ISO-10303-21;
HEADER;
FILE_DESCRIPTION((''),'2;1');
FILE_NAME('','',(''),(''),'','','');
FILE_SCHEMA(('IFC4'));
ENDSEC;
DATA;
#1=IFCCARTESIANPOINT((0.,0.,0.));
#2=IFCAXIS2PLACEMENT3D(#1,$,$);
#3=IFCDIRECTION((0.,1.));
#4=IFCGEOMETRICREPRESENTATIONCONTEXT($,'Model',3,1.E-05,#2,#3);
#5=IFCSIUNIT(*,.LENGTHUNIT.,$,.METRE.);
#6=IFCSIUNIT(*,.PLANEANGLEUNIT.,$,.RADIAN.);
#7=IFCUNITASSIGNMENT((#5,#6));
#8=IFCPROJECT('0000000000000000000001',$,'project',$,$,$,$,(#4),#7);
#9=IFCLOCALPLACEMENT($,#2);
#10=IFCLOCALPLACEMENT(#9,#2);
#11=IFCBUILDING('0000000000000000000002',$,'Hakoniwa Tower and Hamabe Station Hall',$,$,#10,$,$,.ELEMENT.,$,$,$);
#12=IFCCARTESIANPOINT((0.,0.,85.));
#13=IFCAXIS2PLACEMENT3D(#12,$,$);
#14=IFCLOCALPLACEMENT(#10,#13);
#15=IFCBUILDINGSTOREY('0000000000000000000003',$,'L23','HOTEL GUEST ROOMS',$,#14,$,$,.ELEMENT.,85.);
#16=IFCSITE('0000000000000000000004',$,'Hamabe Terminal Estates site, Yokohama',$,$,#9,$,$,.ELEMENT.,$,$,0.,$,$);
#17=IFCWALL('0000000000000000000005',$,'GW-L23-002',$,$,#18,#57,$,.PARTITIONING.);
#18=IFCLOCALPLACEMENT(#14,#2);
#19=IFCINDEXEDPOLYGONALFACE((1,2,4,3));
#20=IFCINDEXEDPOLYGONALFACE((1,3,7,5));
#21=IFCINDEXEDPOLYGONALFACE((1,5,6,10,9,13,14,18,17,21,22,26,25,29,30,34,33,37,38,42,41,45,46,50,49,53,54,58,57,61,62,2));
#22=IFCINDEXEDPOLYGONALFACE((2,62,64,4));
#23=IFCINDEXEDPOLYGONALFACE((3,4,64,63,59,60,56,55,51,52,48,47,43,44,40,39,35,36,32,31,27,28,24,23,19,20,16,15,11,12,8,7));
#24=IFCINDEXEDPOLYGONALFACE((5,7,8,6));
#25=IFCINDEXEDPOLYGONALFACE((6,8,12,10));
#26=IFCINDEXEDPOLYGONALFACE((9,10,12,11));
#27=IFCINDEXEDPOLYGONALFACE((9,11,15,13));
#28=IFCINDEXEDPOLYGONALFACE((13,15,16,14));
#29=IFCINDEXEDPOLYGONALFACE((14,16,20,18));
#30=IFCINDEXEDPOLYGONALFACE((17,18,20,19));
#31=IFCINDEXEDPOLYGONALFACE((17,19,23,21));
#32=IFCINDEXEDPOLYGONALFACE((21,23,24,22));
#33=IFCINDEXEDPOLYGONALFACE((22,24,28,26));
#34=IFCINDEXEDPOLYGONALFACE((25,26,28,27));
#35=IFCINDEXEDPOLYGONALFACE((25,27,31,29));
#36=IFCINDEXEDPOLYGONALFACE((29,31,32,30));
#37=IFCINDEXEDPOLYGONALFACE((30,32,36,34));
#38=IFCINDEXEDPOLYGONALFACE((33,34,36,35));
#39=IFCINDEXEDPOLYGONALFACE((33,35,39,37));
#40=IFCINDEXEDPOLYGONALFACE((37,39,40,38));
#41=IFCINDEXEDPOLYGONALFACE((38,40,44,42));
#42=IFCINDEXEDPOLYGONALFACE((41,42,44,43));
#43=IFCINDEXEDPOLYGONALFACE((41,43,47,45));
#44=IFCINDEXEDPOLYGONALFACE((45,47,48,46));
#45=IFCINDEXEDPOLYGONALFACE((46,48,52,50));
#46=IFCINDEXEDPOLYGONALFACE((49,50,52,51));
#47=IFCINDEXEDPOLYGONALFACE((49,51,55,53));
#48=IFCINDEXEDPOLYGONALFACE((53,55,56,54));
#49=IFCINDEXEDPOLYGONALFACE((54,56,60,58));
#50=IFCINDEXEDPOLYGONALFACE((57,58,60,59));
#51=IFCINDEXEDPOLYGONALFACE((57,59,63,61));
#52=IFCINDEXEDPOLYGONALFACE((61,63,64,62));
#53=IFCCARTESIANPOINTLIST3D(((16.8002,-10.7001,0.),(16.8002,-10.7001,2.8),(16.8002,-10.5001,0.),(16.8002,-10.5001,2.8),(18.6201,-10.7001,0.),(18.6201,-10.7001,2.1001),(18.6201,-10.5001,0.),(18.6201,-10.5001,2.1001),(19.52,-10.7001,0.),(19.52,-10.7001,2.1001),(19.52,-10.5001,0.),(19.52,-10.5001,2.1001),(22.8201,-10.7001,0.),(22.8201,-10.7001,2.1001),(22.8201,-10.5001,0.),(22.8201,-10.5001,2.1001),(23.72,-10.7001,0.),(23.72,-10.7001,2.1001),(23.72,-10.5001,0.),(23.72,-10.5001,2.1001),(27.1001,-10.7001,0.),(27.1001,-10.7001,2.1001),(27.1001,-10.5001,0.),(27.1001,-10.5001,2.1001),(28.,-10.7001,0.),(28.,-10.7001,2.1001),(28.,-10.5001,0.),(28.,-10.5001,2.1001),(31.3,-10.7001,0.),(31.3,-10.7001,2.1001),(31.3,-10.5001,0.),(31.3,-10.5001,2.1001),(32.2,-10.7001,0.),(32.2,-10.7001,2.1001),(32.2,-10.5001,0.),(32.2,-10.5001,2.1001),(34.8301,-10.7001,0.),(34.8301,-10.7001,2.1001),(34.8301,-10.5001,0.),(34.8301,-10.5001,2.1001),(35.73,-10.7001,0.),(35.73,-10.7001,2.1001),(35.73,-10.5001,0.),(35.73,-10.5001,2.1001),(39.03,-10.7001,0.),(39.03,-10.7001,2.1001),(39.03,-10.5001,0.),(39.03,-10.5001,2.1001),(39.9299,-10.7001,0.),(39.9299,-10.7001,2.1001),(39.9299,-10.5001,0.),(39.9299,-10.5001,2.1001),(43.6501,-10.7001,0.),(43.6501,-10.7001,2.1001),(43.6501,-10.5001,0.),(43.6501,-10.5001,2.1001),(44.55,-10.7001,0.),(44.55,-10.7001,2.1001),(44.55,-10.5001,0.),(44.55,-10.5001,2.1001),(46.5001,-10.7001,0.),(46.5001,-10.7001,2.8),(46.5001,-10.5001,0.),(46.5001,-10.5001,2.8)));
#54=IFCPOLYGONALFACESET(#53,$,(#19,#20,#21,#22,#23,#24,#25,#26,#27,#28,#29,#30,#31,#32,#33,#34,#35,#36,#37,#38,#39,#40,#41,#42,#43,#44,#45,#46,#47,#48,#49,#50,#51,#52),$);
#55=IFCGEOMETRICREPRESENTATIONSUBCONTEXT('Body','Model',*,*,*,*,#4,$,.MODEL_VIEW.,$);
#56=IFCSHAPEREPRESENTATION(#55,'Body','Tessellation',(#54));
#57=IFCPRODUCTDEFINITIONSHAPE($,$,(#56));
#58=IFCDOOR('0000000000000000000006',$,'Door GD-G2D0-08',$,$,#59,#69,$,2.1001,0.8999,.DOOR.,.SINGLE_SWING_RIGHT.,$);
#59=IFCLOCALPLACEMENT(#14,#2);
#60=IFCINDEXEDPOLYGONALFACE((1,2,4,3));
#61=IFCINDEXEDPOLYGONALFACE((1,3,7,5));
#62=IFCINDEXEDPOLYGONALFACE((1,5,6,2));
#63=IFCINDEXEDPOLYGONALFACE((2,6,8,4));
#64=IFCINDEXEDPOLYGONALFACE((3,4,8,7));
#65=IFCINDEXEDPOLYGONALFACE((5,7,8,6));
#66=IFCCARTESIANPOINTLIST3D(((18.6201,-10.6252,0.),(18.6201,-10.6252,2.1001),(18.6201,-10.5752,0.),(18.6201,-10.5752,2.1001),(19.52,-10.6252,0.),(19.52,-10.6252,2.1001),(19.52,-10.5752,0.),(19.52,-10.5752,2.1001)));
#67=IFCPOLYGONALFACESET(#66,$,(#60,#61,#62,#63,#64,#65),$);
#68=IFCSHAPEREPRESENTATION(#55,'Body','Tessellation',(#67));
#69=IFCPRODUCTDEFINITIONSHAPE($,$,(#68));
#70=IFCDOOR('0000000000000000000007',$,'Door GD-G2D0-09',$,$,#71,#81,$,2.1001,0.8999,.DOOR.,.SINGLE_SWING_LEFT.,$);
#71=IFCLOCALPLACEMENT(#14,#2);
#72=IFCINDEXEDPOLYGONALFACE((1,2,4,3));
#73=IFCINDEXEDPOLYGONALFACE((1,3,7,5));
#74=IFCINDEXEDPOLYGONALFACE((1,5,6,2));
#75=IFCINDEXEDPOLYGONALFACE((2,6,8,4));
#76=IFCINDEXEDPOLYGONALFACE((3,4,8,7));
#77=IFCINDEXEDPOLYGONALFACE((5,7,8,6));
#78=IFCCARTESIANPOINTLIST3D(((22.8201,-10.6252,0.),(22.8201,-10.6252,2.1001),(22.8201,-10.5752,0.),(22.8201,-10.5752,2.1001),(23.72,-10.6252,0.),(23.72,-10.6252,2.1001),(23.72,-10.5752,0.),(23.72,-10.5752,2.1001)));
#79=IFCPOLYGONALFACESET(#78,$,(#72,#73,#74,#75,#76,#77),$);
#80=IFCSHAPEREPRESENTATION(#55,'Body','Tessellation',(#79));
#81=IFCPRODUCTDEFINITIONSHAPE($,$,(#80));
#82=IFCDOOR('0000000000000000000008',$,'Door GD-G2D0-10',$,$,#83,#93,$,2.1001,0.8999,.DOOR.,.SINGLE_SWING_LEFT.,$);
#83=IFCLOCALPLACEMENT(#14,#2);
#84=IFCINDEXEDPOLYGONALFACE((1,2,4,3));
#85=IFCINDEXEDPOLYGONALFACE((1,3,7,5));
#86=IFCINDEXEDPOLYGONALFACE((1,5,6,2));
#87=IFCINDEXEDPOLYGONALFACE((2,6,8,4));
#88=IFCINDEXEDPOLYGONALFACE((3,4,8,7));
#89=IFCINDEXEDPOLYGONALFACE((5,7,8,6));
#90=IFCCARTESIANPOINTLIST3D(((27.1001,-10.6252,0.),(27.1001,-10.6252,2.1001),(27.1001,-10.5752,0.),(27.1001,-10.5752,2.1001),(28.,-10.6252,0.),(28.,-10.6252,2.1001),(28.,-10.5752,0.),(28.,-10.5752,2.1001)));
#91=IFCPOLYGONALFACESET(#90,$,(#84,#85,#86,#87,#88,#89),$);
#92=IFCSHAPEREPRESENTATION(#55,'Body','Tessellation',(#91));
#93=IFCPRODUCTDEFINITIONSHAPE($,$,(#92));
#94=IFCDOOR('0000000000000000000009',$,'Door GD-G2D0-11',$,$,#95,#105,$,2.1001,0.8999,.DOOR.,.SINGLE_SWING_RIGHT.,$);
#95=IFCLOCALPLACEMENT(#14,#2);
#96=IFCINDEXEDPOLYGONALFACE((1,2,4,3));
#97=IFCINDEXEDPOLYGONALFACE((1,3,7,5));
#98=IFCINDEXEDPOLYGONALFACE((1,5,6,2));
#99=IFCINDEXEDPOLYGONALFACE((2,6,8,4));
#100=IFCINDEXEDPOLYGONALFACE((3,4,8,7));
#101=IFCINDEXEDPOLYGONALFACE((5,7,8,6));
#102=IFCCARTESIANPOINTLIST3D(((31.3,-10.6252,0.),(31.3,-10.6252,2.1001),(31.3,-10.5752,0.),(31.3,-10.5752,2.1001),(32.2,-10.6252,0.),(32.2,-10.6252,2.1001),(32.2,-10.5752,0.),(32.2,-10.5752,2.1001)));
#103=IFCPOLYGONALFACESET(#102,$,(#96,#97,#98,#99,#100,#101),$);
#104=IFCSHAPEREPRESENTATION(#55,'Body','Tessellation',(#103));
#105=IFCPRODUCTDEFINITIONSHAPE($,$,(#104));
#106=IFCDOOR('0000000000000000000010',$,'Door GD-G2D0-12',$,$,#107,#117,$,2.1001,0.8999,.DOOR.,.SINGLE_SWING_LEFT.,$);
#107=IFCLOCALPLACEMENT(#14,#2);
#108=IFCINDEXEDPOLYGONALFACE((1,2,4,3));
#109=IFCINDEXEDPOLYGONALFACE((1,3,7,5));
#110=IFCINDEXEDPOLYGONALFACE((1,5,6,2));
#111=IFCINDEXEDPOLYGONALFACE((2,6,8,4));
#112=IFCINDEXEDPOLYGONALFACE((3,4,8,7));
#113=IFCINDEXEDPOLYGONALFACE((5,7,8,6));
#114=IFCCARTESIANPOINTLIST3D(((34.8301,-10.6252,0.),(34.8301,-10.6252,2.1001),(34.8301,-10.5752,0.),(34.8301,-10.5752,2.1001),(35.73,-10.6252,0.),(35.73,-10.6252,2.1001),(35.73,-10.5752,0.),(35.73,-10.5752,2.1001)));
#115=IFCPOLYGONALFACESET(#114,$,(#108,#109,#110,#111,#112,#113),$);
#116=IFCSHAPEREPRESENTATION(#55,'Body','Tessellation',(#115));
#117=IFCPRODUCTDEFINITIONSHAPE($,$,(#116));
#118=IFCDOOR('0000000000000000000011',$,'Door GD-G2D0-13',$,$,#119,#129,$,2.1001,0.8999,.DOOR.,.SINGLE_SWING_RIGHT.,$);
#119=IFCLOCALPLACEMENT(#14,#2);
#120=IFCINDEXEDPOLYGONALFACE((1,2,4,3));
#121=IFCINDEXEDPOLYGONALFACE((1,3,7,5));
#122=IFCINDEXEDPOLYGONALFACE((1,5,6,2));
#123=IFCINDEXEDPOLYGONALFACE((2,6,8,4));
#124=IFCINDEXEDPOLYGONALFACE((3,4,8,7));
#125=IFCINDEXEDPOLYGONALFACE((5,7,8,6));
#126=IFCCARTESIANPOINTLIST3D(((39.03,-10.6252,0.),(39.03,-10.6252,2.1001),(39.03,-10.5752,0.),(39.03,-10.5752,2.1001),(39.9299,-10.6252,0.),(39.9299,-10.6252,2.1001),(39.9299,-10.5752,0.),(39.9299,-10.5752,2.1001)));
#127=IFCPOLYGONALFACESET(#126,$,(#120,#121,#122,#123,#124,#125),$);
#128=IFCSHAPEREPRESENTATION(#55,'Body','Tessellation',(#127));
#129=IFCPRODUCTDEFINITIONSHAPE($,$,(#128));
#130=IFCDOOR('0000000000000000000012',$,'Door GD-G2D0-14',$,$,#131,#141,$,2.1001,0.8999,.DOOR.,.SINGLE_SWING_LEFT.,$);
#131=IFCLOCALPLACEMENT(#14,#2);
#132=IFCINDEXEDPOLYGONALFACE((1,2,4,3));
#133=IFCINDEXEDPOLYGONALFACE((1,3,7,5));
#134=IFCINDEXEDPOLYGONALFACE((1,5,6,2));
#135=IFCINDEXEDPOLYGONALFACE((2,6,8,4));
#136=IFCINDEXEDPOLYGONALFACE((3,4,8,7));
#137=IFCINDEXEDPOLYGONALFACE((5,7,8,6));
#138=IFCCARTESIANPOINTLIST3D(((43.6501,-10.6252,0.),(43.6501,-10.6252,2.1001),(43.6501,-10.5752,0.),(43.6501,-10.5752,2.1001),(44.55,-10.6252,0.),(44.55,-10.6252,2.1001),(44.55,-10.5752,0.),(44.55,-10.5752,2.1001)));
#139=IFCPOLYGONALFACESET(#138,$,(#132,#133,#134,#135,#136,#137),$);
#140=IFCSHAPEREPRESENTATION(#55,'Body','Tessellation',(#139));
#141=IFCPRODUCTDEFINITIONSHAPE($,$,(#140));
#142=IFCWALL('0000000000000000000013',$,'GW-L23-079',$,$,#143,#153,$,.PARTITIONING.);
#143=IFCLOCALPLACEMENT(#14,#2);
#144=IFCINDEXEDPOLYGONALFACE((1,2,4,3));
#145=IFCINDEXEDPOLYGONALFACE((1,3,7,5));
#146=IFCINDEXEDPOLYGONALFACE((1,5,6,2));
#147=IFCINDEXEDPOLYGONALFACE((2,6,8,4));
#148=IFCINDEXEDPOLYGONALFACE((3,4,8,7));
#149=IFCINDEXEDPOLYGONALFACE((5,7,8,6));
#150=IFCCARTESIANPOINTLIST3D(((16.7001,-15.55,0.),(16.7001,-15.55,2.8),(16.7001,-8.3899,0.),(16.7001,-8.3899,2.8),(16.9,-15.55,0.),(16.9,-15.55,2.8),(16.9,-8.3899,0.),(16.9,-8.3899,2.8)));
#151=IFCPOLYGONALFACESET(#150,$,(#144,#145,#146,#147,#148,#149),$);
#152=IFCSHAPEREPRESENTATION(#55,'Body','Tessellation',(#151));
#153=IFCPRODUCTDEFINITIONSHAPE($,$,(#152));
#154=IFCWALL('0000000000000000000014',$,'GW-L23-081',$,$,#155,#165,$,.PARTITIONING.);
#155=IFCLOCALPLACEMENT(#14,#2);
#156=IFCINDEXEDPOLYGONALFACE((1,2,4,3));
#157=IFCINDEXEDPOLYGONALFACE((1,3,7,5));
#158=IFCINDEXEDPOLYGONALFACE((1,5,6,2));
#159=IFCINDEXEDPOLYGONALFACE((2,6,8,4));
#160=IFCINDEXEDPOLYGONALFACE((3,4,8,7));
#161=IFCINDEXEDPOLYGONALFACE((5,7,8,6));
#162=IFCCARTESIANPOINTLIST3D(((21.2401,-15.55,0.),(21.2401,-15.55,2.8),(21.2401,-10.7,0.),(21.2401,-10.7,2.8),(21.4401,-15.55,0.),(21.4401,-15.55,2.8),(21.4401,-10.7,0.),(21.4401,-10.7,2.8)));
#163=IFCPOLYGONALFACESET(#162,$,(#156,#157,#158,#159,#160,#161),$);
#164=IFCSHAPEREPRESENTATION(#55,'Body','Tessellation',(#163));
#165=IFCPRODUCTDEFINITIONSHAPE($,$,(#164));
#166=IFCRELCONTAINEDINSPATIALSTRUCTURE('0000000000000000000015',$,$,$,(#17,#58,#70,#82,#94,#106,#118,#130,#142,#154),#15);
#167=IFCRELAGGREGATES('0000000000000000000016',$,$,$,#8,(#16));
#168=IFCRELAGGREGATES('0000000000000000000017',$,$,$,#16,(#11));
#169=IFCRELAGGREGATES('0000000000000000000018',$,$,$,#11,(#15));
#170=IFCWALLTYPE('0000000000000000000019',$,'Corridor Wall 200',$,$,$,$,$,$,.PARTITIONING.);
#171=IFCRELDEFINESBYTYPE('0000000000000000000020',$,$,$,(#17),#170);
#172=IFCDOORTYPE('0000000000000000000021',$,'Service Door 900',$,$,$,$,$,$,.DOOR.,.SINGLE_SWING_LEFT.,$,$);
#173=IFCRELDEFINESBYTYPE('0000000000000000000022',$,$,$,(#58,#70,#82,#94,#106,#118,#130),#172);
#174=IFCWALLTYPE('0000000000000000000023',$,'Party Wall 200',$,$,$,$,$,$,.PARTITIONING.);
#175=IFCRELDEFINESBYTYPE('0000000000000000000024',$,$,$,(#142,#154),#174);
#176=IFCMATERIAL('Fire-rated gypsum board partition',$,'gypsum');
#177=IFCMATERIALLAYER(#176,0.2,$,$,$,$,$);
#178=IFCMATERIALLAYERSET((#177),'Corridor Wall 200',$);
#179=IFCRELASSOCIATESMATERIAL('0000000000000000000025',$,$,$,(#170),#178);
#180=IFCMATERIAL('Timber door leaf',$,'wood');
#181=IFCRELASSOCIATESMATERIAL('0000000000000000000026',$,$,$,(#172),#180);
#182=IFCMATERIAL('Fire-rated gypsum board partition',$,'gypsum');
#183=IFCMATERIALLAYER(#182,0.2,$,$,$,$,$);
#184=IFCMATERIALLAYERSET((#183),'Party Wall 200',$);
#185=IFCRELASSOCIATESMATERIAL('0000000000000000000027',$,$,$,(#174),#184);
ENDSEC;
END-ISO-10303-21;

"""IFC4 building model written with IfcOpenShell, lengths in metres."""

from ifc_helpers import new_model, si_unit, direction, frame, frame_2d, origin, place, context, subcontext, project, spatial, rectangle, extrude, material, layer, layer_set, type_object, element, fill, save


model = new_model("IFC4")

# Units and contexts
model_context = context("Model", 3, precision=1e-05, world=origin(), true_north=direction((0.0, 1.0)))
body_context = subcontext(model_context, "Body", "Model", "MODEL_VIEW")
ifc_project = project(units=[si_unit("LENGTHUNIT", "METRE"), si_unit("PLANEANGLEUNIT", "RADIAN")], contexts=[model_context])

# Site, building, storey
site_placement = place(None, origin())
site = spatial("IfcSite", under=ifc_project, at=site_placement, Name="Hamabe Terminal Estates site, Yokohama", CompositionType="ELEMENT", RefElevation=0.0)
building_placement = place(site_placement, origin())
building = spatial("IfcBuilding", under=site, at=building_placement, Name="Hakoniwa Tower and Hamabe Station Hall", CompositionType="ELEMENT")
storey_placement = place(building_placement, frame((0.0, 0.0, 85.0)))
storey = spatial("IfcBuildingStorey", under=building, at=storey_placement, Name="L23", Description="HOTEL GUEST ROOMS", CompositionType="ELEMENT", Elevation=85.0)

# Wall, openings, doors
ifc_material_1 = material(Name="Fire-rated gypsum board partition", Category="gypsum")
ifc_layer_1 = layer(ifc_material_1, 0.2)
ifc_layer_set_1 = layer_set([ifc_layer_1], Name="Corridor Wall 200")
wall_type_1 = type_object("IfcWallType", Name="Corridor Wall 200", PredefinedType="PARTITIONING", material=ifc_layer_set_1)
wall_1_placement = place(storey_placement, frame((16.8, -10.6001, 0.0), z_axis=(0.0, 0.0, 1.0), x_axis=(1.0, 0.0, 0.0)))
wall_1 = element("IfcWall", 1, at=wall_1_placement, inside=storey, type_object=wall_type_1, Name="GW-L23-002", PredefinedType="PARTITIONING", context=body_context, shape_type="SweptSolid", body=[
    extrude(rectangle(XDim=29.7, YDim=0.2, at=frame_2d((14.8501, 0.0))), origin(), (0.0, 0.0, 1.0), 2.8),
])
opening_1_placement = place(wall_1_placement, frame((1.8201, 0.0, 0.0)))
opening_1 = element("IfcOpeningElement", 2, at=opening_1_placement, cuts=wall_1, PredefinedType="OPENING", context=body_context, shape_type="SweptSolid", body=[
    extrude(rectangle(XDim=0.8999, YDim=2.1001, at=frame_2d((0.45, 1.05))), frame((0.0, 0.1099, 0.0), z_axis=(0.0, -1.0, 0.0), x_axis=(1.0, 0.0, 0.0)), (0.0, 0.0, 1.0), 0.22),
])
opening_2_placement = place(wall_1_placement, frame((6.02, 0.0, 0.0)))
opening_2 = element("IfcOpeningElement", 3, at=opening_2_placement, cuts=wall_1, PredefinedType="OPENING", context=body_context, shape_type="SweptSolid", body=[
    extrude(rectangle(XDim=0.8999, YDim=2.1001, at=frame_2d((0.45, 1.05))), frame((0.0, 0.1099, 0.0), z_axis=(0.0, -1.0, 0.0), x_axis=(1.0, 0.0, 0.0)), (0.0, 0.0, 1.0), 0.22),
])
opening_3_placement = place(wall_1_placement, frame((10.3, 0.0, 0.0)))
opening_3 = element("IfcOpeningElement", 4, at=opening_3_placement, cuts=wall_1, PredefinedType="OPENING", context=body_context, shape_type="SweptSolid", body=[
    extrude(rectangle(XDim=0.8999, YDim=2.1001, at=frame_2d((0.45, 1.05))), frame((0.0, 0.1099, 0.0), z_axis=(0.0, -1.0, 0.0), x_axis=(1.0, 0.0, 0.0)), (0.0, 0.0, 1.0), 0.22),
])
opening_4_placement = place(wall_1_placement, frame((14.5, 0.0, 0.0)))
opening_4 = element("IfcOpeningElement", 5, at=opening_4_placement, cuts=wall_1, PredefinedType="OPENING", context=body_context, shape_type="SweptSolid", body=[
    extrude(rectangle(XDim=0.8999, YDim=2.1001, at=frame_2d((0.45, 1.05))), frame((0.0, 0.1099, 0.0), z_axis=(0.0, -1.0, 0.0), x_axis=(1.0, 0.0, 0.0)), (0.0, 0.0, 1.0), 0.22),
])
opening_5_placement = place(wall_1_placement, frame((18.03, 0.0, 0.0)))
opening_5 = element("IfcOpeningElement", 6, at=opening_5_placement, cuts=wall_1, PredefinedType="OPENING", context=body_context, shape_type="SweptSolid", body=[
    extrude(rectangle(XDim=0.8999, YDim=2.1001, at=frame_2d((0.45, 1.05))), frame((0.0, 0.1099, 0.0), z_axis=(0.0, -1.0, 0.0), x_axis=(1.0, 0.0, 0.0)), (0.0, 0.0, 1.0), 0.22),
])
opening_6_placement = place(wall_1_placement, frame((22.23, 0.0, 0.0)))
opening_6 = element("IfcOpeningElement", 7, at=opening_6_placement, cuts=wall_1, PredefinedType="OPENING", context=body_context, shape_type="SweptSolid", body=[
    extrude(rectangle(XDim=0.8999, YDim=2.1001, at=frame_2d((0.45, 1.05))), frame((0.0, 0.1099, 0.0), z_axis=(0.0, -1.0, 0.0), x_axis=(1.0, 0.0, 0.0)), (0.0, 0.0, 1.0), 0.22),
])
opening_7_placement = place(wall_1_placement, frame((26.8501, 0.0, 0.0)))
opening_7 = element("IfcOpeningElement", 8, at=opening_7_placement, cuts=wall_1, PredefinedType="OPENING", context=body_context, shape_type="SweptSolid", body=[
    extrude(rectangle(XDim=0.8999, YDim=2.1001, at=frame_2d((0.45, 1.05))), frame((0.0, 0.1099, 0.0), z_axis=(0.0, -1.0, 0.0), x_axis=(1.0, 0.0, 0.0)), (0.0, 0.0, 1.0), 0.22),
])
ifc_material_2 = material(Name="Timber door leaf", Category="wood")
door_type_1 = type_object("IfcDoorType", Name="Service Door 900", OperationType="SINGLE_SWING_LEFT", PredefinedType="DOOR", material=ifc_material_2)
door_1_placement = place(opening_1_placement, origin())
door_1 = element("IfcDoor", 9, at=door_1_placement, inside=storey, type_object=door_type_1, Name="Door GD-G2D0-08", OperationType="SINGLE_SWING_RIGHT", OverallHeight=2.1001, OverallWidth=0.8999, PredefinedType="DOOR", context=body_context, shape_type="SweptSolid", body=[
    extrude(rectangle(XDim=0.8999, YDim=2.1001, at=frame_2d((0.45, 1.05))), frame((0.0, 0.0249, 0.0), z_axis=(0.0, -1.0, 0.0), x_axis=(1.0, 0.0, 0.0)), (0.0, 0.0, 1.0), 0.05),
])
fill(opening_1, door_1)
door_2_placement = place(opening_2_placement, origin())
door_2 = element("IfcDoor", 10, at=door_2_placement, inside=storey, type_object=door_type_1, Name="Door GD-G2D0-09", OperationType="SINGLE_SWING_LEFT", OverallHeight=2.1001, OverallWidth=0.8999, PredefinedType="DOOR", context=body_context, shape_type="SweptSolid", body=[
    extrude(rectangle(XDim=0.8999, YDim=2.1001, at=frame_2d((0.45, 1.05))), frame((0.0, 0.0249, 0.0), z_axis=(0.0, -1.0, 0.0), x_axis=(1.0, 0.0, 0.0)), (0.0, 0.0, 1.0), 0.05),
])
fill(opening_2, door_2)
door_3_placement = place(opening_3_placement, origin())
door_3 = element("IfcDoor", 11, at=door_3_placement, inside=storey, type_object=door_type_1, Name="Door GD-G2D0-10", OperationType="SINGLE_SWING_LEFT", OverallHeight=2.1001, OverallWidth=0.8999, PredefinedType="DOOR", context=body_context, shape_type="SweptSolid", body=[
    extrude(rectangle(XDim=0.8999, YDim=2.1001, at=frame_2d((0.45, 1.05))), frame((0.0, 0.0249, 0.0), z_axis=(0.0, -1.0, 0.0), x_axis=(1.0, 0.0, 0.0)), (0.0, 0.0, 1.0), 0.05),
])
fill(opening_3, door_3)
door_4_placement = place(opening_4_placement, origin())
door_4 = element("IfcDoor", 12, at=door_4_placement, inside=storey, type_object=door_type_1, Name="Door GD-G2D0-11", OperationType="SINGLE_SWING_RIGHT", OverallHeight=2.1001, OverallWidth=0.8999, PredefinedType="DOOR", context=body_context, shape_type="SweptSolid", body=[
    extrude(rectangle(XDim=0.8999, YDim=2.1001, at=frame_2d((0.45, 1.05))), frame((0.0, 0.0249, 0.0), z_axis=(0.0, -1.0, 0.0), x_axis=(1.0, 0.0, 0.0)), (0.0, 0.0, 1.0), 0.05),
])
fill(opening_4, door_4)
door_5_placement = place(opening_5_placement, origin())
door_5 = element("IfcDoor", 13, at=door_5_placement, inside=storey, type_object=door_type_1, Name="Door GD-G2D0-12", OperationType="SINGLE_SWING_LEFT", OverallHeight=2.1001, OverallWidth=0.8999, PredefinedType="DOOR", context=body_context, shape_type="SweptSolid", body=[
    extrude(rectangle(XDim=0.8999, YDim=2.1001, at=frame_2d((0.45, 1.05))), frame((0.0, 0.0249, 0.0), z_axis=(0.0, -1.0, 0.0), x_axis=(1.0, 0.0, 0.0)), (0.0, 0.0, 1.0), 0.05),
])
fill(opening_5, door_5)
door_6_placement = place(opening_6_placement, origin())
door_6 = element("IfcDoor", 14, at=door_6_placement, inside=storey, type_object=door_type_1, Name="Door GD-G2D0-13", OperationType="SINGLE_SWING_RIGHT", OverallHeight=2.1001, OverallWidth=0.8999, PredefinedType="DOOR", context=body_context, shape_type="SweptSolid", body=[
    extrude(rectangle(XDim=0.8999, YDim=2.1001, at=frame_2d((0.45, 1.05))), frame((0.0, 0.0249, 0.0), z_axis=(0.0, -1.0, 0.0), x_axis=(1.0, 0.0, 0.0)), (0.0, 0.0, 1.0), 0.05),
])
fill(opening_6, door_6)
door_7_placement = place(opening_7_placement, origin())
door_7 = element("IfcDoor", 15, at=door_7_placement, inside=storey, type_object=door_type_1, Name="Door GD-G2D0-14", OperationType="SINGLE_SWING_LEFT", OverallHeight=2.1001, OverallWidth=0.8999, PredefinedType="DOOR", context=body_context, shape_type="SweptSolid", body=[
    extrude(rectangle(XDim=0.8999, YDim=2.1001, at=frame_2d((0.45, 1.05))), frame((0.0, 0.0249, 0.0), z_axis=(0.0, -1.0, 0.0), x_axis=(1.0, 0.0, 0.0)), (0.0, 0.0, 1.0), 0.05),
])
fill(opening_7, door_7)

# Walls
ifc_material_3 = material(Name="Fire-rated gypsum board partition", Category="gypsum")
ifc_layer_2 = layer(ifc_material_3, 0.2)
ifc_layer_set_2 = layer_set([ifc_layer_2], Name="Party Wall 200")
wall_type_2 = type_object("IfcWallType", Name="Party Wall 200", PredefinedType="PARTITIONING", material=ifc_layer_set_2)
wall_2_placement = place(storey_placement, frame((16.8, -15.55, 0.0), z_axis=(0.0, 0.0, 1.0), x_axis=(0.0, 1.0, 0.0)))
element("IfcWall", 16, at=wall_2_placement, inside=storey, type_object=wall_type_2, Name="GW-L23-079", PredefinedType="PARTITIONING", context=body_context, shape_type="SweptSolid", body=[
    extrude(rectangle(XDim=7.1602, YDim=0.2, at=frame_2d((3.5801, 0.0))), origin(), (0.0, 0.0, 1.0), 2.8),
])
wall_3_placement = place(storey_placement, frame((21.3401, -15.55, 0.0), z_axis=(0.0, 0.0, 1.0), x_axis=(0.0, 1.0, 0.0)))
element("IfcWall", 17, at=wall_3_placement, inside=storey, type_object=wall_type_2, Name="GW-L23-081", PredefinedType="PARTITIONING", context=body_context, shape_type="SweptSolid", body=[
    extrude(rectangle(XDim=4.8501, YDim=0.2, at=frame_2d((2.425, 0.0))), origin(), (0.0, 0.0, 1.0), 2.8),
])

save(model, "model.ifc")
